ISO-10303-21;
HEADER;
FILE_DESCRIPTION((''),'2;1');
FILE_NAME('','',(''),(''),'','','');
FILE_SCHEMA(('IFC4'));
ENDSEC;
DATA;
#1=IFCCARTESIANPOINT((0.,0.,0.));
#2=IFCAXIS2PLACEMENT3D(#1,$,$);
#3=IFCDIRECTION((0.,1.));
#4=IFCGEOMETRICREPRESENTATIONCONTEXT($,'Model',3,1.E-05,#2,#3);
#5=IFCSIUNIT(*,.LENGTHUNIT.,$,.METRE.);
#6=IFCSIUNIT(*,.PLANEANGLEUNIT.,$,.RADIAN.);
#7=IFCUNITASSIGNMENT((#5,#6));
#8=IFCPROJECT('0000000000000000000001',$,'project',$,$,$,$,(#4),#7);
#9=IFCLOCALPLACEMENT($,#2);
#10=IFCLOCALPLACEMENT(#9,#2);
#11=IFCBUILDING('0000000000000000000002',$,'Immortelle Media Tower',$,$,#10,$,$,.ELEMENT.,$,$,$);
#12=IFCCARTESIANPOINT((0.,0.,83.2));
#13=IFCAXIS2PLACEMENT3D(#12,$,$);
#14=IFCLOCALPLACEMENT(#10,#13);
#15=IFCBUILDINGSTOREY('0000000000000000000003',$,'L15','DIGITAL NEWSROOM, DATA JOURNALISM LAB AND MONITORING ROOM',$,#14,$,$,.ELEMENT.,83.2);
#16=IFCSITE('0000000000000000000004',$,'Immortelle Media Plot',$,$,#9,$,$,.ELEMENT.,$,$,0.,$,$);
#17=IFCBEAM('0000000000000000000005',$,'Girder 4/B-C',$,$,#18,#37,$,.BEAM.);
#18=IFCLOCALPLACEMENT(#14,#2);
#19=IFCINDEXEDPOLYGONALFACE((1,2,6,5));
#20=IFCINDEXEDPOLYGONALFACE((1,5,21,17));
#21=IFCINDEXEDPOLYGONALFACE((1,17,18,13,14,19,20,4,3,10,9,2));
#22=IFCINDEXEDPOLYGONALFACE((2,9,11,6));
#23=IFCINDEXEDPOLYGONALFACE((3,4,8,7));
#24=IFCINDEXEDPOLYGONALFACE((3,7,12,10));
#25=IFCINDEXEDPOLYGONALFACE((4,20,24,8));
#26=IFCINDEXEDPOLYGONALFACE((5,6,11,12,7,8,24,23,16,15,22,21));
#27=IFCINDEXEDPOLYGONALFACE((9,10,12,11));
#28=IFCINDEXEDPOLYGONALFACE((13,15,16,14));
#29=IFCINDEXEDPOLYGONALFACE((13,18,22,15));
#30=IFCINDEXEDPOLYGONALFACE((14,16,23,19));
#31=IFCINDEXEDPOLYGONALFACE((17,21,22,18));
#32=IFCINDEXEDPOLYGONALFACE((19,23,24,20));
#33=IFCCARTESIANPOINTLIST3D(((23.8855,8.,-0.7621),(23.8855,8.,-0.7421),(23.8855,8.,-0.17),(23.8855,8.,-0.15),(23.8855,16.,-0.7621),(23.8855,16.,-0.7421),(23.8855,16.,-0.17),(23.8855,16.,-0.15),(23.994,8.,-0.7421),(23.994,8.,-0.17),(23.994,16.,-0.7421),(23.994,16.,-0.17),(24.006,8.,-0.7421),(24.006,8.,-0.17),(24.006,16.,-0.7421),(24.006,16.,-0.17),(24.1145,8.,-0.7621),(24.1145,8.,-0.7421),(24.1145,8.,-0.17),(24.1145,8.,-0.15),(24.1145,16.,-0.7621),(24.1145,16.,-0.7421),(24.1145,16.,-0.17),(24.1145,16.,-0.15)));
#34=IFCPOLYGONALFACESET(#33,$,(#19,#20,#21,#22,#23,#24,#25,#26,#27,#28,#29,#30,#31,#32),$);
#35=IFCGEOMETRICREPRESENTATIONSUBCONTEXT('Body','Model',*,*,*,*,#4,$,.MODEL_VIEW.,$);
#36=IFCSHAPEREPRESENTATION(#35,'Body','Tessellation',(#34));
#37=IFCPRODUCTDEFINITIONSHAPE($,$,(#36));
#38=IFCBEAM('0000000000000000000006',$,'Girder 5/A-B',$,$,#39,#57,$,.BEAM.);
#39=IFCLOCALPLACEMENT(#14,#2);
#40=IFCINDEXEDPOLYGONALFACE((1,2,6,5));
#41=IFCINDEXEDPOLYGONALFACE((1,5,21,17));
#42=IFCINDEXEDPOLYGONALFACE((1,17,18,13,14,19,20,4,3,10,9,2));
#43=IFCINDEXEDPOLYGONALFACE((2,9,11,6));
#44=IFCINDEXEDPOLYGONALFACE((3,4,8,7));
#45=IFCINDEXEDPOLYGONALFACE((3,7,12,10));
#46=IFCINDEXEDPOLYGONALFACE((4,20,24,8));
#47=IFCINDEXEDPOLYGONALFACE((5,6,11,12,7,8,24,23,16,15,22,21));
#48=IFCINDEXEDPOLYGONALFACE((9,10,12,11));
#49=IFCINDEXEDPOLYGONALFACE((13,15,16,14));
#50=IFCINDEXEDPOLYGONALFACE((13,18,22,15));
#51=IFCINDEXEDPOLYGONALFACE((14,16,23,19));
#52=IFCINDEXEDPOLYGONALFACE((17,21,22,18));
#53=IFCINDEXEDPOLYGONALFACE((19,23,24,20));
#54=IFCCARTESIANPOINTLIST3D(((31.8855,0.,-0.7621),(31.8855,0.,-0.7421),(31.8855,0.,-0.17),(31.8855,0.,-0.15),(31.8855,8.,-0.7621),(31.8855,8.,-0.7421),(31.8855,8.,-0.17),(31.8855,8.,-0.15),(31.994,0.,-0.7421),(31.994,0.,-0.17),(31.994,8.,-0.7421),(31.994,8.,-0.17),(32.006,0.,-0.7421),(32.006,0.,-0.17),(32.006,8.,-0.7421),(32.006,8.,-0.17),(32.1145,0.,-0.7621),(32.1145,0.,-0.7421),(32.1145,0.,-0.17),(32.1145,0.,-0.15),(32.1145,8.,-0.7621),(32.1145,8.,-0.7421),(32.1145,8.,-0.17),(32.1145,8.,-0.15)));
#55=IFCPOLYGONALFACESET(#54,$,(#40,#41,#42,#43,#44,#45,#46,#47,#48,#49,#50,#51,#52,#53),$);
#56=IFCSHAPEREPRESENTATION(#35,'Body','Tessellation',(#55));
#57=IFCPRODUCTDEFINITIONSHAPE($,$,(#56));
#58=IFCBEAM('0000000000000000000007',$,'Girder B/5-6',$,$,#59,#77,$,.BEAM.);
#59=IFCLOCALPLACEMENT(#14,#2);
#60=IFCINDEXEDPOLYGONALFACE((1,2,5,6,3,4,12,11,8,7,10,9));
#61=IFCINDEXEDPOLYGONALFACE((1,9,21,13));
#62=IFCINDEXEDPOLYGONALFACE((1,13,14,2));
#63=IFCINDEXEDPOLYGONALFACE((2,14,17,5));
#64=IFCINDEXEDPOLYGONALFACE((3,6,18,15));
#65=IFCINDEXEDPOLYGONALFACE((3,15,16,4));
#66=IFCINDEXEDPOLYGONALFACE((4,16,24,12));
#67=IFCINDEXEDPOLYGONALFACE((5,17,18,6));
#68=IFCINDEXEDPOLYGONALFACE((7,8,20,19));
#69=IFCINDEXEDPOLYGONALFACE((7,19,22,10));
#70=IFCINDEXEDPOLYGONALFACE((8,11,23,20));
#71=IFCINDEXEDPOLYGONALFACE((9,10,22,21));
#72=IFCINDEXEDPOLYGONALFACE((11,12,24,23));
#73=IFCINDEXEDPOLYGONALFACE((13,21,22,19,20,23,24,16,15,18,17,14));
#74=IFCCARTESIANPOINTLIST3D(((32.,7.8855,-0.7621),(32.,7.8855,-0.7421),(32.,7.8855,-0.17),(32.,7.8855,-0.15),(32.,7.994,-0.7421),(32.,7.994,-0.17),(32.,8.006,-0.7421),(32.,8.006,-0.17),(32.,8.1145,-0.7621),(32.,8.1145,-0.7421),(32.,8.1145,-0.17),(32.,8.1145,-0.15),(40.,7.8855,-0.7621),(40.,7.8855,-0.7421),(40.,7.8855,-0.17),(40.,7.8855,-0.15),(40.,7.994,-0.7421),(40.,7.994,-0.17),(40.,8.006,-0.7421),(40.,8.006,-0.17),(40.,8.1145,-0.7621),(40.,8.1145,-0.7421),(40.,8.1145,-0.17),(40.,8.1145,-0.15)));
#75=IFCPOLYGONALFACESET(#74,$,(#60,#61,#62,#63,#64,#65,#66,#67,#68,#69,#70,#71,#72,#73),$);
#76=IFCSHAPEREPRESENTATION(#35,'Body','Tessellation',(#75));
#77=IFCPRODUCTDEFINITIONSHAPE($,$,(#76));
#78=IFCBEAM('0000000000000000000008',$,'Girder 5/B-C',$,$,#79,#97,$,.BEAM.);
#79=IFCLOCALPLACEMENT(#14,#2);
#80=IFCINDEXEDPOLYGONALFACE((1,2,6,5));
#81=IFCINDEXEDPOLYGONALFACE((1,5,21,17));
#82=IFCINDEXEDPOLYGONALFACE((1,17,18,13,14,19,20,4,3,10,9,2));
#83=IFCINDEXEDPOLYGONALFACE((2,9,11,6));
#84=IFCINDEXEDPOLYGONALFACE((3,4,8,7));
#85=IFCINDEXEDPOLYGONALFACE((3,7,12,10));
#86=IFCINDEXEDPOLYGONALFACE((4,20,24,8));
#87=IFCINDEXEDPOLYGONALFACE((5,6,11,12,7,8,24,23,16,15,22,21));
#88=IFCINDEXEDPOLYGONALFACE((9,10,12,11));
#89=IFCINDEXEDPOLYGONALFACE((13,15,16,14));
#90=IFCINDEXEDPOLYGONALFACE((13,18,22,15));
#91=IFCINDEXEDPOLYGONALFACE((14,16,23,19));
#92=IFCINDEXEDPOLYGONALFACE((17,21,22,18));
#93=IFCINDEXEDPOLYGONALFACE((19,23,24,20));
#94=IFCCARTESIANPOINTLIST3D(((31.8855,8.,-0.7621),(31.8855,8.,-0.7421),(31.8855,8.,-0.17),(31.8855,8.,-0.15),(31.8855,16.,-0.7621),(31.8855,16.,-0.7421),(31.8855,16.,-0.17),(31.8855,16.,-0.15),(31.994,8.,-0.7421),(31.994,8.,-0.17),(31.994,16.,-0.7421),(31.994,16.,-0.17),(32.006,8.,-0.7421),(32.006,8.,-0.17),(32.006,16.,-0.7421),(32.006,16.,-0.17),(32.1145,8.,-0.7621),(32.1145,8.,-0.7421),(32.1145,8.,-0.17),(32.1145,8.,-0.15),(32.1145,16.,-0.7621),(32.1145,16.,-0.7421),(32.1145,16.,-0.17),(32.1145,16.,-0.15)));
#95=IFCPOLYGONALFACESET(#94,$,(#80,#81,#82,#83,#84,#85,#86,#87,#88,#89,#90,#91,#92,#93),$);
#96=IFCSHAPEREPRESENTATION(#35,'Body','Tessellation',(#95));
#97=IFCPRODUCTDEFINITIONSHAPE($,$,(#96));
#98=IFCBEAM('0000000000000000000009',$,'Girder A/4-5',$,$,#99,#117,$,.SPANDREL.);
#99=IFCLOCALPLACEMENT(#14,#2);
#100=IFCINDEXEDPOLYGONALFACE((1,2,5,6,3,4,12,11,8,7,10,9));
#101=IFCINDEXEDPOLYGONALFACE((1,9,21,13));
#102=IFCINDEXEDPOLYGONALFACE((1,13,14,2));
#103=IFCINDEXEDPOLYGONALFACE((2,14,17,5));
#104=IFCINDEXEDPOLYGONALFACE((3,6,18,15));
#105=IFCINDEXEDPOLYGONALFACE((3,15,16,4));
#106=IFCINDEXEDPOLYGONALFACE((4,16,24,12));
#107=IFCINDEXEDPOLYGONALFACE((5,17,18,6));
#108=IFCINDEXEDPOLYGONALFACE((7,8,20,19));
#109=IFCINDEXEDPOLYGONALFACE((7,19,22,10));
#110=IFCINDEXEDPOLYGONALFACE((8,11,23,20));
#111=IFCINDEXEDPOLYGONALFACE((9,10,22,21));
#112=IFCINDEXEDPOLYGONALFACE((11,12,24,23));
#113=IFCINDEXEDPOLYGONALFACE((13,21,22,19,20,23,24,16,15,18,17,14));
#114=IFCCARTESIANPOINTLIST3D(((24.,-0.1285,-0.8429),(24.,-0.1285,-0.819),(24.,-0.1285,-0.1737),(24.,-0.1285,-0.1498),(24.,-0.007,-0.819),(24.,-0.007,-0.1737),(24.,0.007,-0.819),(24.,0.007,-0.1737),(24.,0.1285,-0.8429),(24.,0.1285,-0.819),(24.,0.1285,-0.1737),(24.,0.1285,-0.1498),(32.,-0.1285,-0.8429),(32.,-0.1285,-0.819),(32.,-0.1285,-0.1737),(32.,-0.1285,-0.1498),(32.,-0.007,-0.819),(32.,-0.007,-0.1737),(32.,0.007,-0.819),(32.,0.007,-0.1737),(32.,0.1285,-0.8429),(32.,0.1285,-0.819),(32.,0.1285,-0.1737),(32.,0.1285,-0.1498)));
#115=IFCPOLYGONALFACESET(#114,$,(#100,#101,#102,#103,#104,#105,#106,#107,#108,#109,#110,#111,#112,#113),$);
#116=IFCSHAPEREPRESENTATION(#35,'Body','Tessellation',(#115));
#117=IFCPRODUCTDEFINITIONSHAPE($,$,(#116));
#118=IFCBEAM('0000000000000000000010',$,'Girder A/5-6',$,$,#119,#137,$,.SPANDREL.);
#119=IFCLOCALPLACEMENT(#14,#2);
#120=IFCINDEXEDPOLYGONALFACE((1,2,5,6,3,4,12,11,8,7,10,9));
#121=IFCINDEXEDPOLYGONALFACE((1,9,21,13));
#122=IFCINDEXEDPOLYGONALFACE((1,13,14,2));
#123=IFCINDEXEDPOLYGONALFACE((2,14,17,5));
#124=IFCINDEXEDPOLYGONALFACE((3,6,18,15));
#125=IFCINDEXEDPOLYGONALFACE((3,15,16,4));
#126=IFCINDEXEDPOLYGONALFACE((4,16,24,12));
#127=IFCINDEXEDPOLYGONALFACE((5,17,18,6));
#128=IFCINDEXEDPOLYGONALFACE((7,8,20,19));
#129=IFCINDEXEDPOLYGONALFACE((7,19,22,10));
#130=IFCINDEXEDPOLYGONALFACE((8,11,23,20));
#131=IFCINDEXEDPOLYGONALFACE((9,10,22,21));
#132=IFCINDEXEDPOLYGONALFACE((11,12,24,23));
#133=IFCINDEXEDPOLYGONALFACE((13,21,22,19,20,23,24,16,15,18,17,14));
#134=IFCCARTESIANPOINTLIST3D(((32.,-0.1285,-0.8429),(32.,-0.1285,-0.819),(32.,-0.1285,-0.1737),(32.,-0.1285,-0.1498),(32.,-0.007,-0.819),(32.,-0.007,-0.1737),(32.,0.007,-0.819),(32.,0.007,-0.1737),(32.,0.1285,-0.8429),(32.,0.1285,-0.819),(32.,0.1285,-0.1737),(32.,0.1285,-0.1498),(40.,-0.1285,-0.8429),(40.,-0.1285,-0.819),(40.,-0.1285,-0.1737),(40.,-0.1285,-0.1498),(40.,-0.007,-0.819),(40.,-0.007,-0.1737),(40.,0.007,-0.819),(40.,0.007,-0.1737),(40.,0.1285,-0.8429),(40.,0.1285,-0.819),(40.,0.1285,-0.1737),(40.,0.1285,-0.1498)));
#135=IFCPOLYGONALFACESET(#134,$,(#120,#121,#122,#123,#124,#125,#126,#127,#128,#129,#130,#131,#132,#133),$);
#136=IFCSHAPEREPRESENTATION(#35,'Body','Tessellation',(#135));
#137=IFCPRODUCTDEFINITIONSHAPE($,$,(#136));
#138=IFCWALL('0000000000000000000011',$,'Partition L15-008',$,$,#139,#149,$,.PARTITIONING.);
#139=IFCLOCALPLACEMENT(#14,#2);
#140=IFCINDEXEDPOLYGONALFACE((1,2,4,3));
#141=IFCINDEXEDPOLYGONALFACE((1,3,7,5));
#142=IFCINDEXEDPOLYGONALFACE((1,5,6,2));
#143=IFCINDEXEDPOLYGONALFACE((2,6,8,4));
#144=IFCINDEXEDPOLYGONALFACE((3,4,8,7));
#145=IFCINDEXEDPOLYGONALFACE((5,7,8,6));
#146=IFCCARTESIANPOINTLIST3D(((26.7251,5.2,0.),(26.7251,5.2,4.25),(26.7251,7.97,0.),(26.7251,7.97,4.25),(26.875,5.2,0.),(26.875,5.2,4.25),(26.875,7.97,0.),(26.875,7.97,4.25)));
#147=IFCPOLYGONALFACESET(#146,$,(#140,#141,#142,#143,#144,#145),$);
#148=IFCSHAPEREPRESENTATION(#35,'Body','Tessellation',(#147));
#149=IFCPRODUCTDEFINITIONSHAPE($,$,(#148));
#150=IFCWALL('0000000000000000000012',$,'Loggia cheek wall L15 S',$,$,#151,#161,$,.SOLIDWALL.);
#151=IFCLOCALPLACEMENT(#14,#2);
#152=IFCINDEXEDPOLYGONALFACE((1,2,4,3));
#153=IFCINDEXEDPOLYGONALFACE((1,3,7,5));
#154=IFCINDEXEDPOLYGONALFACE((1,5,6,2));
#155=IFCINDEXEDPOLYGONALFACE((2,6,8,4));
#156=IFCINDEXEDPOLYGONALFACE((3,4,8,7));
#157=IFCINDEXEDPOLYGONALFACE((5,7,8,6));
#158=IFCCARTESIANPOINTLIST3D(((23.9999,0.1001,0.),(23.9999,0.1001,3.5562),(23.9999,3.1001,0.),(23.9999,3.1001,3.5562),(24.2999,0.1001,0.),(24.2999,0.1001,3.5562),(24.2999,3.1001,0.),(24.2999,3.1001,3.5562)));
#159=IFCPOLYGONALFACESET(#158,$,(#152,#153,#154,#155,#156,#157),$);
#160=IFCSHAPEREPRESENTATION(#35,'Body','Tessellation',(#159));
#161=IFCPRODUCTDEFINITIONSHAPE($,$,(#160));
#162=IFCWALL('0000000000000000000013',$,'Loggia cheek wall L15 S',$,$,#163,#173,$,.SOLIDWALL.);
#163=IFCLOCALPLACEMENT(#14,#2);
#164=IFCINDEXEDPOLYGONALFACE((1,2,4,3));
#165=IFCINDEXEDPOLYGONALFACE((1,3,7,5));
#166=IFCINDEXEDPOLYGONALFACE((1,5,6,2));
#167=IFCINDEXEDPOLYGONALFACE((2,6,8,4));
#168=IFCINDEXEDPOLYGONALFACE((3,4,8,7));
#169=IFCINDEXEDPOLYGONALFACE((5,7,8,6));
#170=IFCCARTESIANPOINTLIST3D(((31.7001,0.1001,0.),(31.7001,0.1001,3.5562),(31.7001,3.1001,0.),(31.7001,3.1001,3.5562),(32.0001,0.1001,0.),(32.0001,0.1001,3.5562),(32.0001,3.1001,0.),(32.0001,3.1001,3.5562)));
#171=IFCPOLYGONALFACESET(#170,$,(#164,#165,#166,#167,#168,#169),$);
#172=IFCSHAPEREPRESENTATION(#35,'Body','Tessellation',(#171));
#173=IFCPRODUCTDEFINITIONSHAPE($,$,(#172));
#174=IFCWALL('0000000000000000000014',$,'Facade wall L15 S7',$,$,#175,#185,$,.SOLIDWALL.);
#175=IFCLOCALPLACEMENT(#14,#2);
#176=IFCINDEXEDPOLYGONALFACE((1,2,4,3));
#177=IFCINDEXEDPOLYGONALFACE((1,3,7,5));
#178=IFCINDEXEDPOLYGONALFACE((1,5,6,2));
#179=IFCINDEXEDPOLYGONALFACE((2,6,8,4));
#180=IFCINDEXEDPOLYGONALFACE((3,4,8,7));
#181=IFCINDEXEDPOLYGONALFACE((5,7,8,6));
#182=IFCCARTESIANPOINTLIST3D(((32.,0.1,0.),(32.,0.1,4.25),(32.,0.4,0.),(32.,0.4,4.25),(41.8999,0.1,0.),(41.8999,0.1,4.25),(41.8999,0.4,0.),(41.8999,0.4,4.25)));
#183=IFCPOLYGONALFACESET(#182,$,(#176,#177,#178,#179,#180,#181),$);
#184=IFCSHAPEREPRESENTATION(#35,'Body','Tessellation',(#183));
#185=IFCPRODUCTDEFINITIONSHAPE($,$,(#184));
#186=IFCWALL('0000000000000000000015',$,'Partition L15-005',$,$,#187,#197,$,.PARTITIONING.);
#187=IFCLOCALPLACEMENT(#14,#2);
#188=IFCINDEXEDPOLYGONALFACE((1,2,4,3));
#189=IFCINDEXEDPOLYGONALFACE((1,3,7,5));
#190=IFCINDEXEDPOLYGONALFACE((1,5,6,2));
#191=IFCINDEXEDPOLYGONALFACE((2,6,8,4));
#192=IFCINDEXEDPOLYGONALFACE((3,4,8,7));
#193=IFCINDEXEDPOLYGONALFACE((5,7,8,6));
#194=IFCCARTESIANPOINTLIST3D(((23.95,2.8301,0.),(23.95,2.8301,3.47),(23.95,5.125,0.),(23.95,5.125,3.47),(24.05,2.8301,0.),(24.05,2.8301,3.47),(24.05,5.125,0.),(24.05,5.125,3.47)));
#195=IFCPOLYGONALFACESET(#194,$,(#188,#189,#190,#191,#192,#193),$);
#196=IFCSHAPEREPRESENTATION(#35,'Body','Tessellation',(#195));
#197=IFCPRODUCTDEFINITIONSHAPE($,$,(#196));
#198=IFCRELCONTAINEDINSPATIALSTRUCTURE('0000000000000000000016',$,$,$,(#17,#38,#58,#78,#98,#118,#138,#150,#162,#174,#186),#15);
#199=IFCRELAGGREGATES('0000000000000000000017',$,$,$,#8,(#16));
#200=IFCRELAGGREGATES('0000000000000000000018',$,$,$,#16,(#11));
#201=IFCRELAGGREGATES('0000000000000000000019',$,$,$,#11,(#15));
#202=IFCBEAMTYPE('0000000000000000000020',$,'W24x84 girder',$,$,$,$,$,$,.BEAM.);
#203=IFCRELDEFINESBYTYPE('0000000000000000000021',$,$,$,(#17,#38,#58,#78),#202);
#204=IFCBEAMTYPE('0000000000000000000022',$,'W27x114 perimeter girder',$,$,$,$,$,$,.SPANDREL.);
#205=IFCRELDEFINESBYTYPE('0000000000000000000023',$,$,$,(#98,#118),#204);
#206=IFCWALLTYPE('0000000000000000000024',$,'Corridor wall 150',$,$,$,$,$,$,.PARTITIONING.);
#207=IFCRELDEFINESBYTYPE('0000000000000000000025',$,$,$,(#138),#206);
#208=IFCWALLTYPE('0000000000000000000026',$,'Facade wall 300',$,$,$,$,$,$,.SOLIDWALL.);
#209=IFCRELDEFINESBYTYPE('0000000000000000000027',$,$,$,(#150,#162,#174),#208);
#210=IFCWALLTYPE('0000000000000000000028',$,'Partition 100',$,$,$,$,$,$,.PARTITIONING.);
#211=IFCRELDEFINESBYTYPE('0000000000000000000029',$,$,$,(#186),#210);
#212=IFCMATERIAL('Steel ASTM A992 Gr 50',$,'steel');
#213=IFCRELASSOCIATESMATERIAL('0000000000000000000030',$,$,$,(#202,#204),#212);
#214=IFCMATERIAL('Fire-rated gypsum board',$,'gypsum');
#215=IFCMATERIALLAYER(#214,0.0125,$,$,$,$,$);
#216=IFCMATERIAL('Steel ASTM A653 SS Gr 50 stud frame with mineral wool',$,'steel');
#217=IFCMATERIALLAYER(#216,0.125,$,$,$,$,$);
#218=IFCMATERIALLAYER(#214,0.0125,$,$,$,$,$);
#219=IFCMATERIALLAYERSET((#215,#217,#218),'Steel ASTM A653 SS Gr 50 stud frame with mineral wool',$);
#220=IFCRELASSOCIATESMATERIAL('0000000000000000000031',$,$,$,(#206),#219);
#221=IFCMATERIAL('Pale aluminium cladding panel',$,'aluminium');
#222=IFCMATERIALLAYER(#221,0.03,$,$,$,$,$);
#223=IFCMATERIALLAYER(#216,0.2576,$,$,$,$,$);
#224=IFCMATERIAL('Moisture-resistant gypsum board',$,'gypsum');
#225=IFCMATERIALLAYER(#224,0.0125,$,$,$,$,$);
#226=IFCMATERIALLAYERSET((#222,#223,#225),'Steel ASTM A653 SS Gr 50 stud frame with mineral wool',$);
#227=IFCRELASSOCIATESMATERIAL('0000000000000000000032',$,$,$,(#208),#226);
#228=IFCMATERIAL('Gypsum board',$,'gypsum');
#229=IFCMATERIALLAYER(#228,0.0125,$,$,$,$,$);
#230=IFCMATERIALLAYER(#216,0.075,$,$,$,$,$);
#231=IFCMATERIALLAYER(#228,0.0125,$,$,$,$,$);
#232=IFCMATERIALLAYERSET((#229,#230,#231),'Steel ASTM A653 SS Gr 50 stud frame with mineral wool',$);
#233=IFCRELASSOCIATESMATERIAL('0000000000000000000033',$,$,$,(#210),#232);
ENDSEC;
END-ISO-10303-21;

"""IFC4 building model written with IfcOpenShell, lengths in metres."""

from ifc_helpers import new_model, si_unit, direction, frame, frame_2d, origin, origin_2d, place, context, subcontext, project, spatial, rectangle, i_section, extrude, material, layer, layer_set, material_profile, profile_set, type_object, element, save


model = new_model("IFC4")

# Units and contexts
model_context = context("Model", 3, precision=1e-05, world=origin(), true_north=direction((0.0, 1.0)))
body_context = subcontext(model_context, "Body", "Model", "MODEL_VIEW")
ifc_project = project(units=[si_unit("LENGTHUNIT", "METRE"), si_unit("PLANEANGLEUNIT", "RADIAN")], contexts=[model_context])

# Site, building, storey
site_placement = place(None, origin())
site = spatial("IfcSite", under=ifc_project, at=site_placement, Name="Immortelle Media Plot", CompositionType="ELEMENT", RefElevation=0.0)
building_placement = place(site_placement, origin())
building = spatial("IfcBuilding", under=site, at=building_placement, Name="Immortelle Media Tower", CompositionType="ELEMENT")
storey_placement = place(building_placement, frame((0.0, 0.0, 83.2)))
storey = spatial("IfcBuildingStorey", under=building, at=storey_placement, Name="L15", Description="DIGITAL NEWSROOM, DATA JOURNALISM LAB AND MONITORING ROOM", CompositionType="ELEMENT", Elevation=83.2)

# Shared definitions
ifc_material_1 = material(Name="Steel ASTM A992 Gr 50", Category="steel")

# Beams
ifc_material_profile_1 = material_profile(ifc_material_1, i_section(OverallWidth=0.229, OverallDepth=0.6121, WebThickness=0.012, FlangeThickness=0.02, at=origin_2d()), Name="W24x84")
ifc_profile_set_1 = profile_set([ifc_material_profile_1], Name="Steel ASTM A992 Gr 50")
beam_type_1 = type_object("IfcBeamType", Name="W24x84 girder", PredefinedType="BEAM", material=ifc_profile_set_1)
for number, where, z_axis, x_axis, name in (
    (1, (24.0, 8.0, -0.4561), (0.0, 1.0, 0.0), (-1.0, 0.0, 0.0), "Girder 4/B-C"),
    (2, (32.0, 0.0, -0.4561), (0.0, 1.0, 0.0), (-1.0, 0.0, 0.0), "Girder 5/A-B"),
    (3, (32.0, 8.0, -0.4561), (1.0, 0.0, 0.0), (0.0, 1.0, 0.0), "Girder B/5-6"),
    (4, (32.0, 8.0, -0.4561), (0.0, 1.0, 0.0), (-1.0, 0.0, 0.0), "Girder 5/B-C"),
):
    element("IfcBeam", number, at=place(storey_placement, frame(where, z_axis=z_axis, x_axis=x_axis)), inside=storey, type_object=beam_type_1, Name=name, PredefinedType="BEAM", context=body_context, shape_type="SweptSolid", body=[
        extrude(i_section(OverallWidth=0.229, OverallDepth=0.6121, WebThickness=0.012, FlangeThickness=0.02, at=origin_2d()), origin(), (0.0, 0.0, 1.0), 8.0),
    ])
ifc_material_profile_2 = material_profile(ifc_material_1, i_section(OverallWidth=0.2571, OverallDepth=0.6931, WebThickness=0.0139, FlangeThickness=0.0239, at=origin_2d()), Name="W27x114")
ifc_profile_set_2 = profile_set([ifc_material_profile_2], Name="Steel ASTM A992 Gr 50")
beam_type_2 = type_object("IfcBeamType", Name="W27x114 perimeter girder", PredefinedType="SPANDREL", material=ifc_profile_set_2)
for number, where, z_axis, x_axis, name in (
    (5, (24.0, 0.0, -0.4963), (1.0, 0.0, 0.0), (0.0, 1.0, 0.0), "Girder A/4-5"),
    (6, (32.0, 0.0, -0.4963), (1.0, 0.0, 0.0), (0.0, 1.0, 0.0), "Girder A/5-6"),
):
    element("IfcBeam", number, at=place(storey_placement, frame(where, z_axis=z_axis, x_axis=x_axis)), inside=storey, type_object=beam_type_2, Name=name, PredefinedType="SPANDREL", context=body_context, shape_type="SweptSolid", body=[
        extrude(i_section(OverallWidth=0.2571, OverallDepth=0.6931, WebThickness=0.0139, FlangeThickness=0.0239, at=origin_2d()), origin(), (0.0, 0.0, 1.0), 8.0),
    ])

# Wall
ifc_material_2 = material(Name="Fire-rated gypsum board", Category="gypsum")
ifc_layer_1 = layer(ifc_material_2, 0.0125)
ifc_material_3 = material(Name="Steel ASTM A653 SS Gr 50 stud frame with mineral wool", Category="steel")
ifc_layer_2 = layer(ifc_material_3, 0.125)
ifc_layer_3 = layer(ifc_material_2, 0.0125)
ifc_layer_set_1 = layer_set([ifc_layer_1, ifc_layer_2, ifc_layer_3], Name="Steel ASTM A653 SS Gr 50 stud frame with mineral wool")
wall_type_1 = type_object("IfcWallType", Name="Corridor wall 150", PredefinedType="PARTITIONING", material=ifc_layer_set_1)
wall_1_placement = place(storey_placement, frame((26.8, 5.2, 0.0), z_axis=(0.0, 0.0, 1.0), x_axis=(0.0, 1.0, 0.0)))
element("IfcWall", 7, at=wall_1_placement, inside=storey, type_object=wall_type_1, Name="Partition L15-008", PredefinedType="PARTITIONING", context=body_context, shape_type="SweptSolid", body=[
    extrude(rectangle(XDim=2.77, YDim=0.1499, at=frame_2d((1.385, 0.0))), origin(), (0.0, 0.0, 1.0), 4.25),
])

# Shared definitions
ifc_material_4 = material(Name="Pale aluminium cladding panel", Category="aluminium")
ifc_layer_4 = layer(ifc_material_4, 0.03)
ifc_layer_5 = layer(ifc_material_3, 0.2576)
ifc_material_5 = material(Name="Moisture-resistant gypsum board", Category="gypsum")
ifc_layer_6 = layer(ifc_material_5, 0.0125)
ifc_layer_set_2 = layer_set([ifc_layer_4, ifc_layer_5, ifc_layer_6], Name="Steel ASTM A653 SS Gr 50 stud frame with mineral wool")
wall_type_2 = type_object("IfcWallType", Name="Facade wall 300", PredefinedType="SOLIDWALL", material=ifc_layer_set_2)

# Walls
for number, where, z_axis, x_axis, name in (
    (8, (24.1499, 0.1001, 0.0), (0.0, 0.0, 1.0), (0.0, 1.0, 0.0), "Loggia cheek wall L15 S"),
    (9, (31.8501, 0.1001, 0.0), (0.0, 0.0, 1.0), (0.0, 1.0, 0.0), "Loggia cheek wall L15 S"),
):
    element("IfcWall", number, at=place(storey_placement, frame(where, z_axis=z_axis, x_axis=x_axis)), inside=storey, type_object=wall_type_2, Name=name, PredefinedType="SOLIDWALL", context=body_context, shape_type="SweptSolid", body=[
        extrude(rectangle(XDim=3.0, YDim=0.3, at=frame_2d((1.5, 0.0))), origin(), (0.0, 0.0, 1.0), 3.5562),
    ])
wall_2_placement = place(storey_placement, frame((32.0, 0.25, 0.0), z_axis=(0.0, 0.0, 1.0), x_axis=(1.0, 0.0, 0.0)))
element("IfcWall", 10, at=wall_2_placement, inside=storey, type_object=wall_type_2, Name="Facade wall L15 S7", PredefinedType="SOLIDWALL", context=body_context, shape_type="SweptSolid", body=[
    extrude(rectangle(XDim=9.8999, YDim=0.3, at=frame_2d((4.95, 0.0))), origin(), (0.0, 0.0, 1.0), 4.25),
])
ifc_material_6 = material(Name="Gypsum board", Category="gypsum")
ifc_layer_7 = layer(ifc_material_6, 0.0125)
ifc_layer_8 = layer(ifc_material_3, 0.075)
ifc_layer_9 = layer(ifc_material_6, 0.0125)
ifc_layer_set_3 = layer_set([ifc_layer_7, ifc_layer_8, ifc_layer_9], Name="Steel ASTM A653 SS Gr 50 stud frame with mineral wool")
wall_type_3 = type_object("IfcWallType", Name="Partition 100", PredefinedType="PARTITIONING", material=ifc_layer_set_3)
wall_3_placement = place(storey_placement, frame((24.0, 2.8301, 0.0), z_axis=(0.0, 0.0, 1.0), x_axis=(0.0, 1.0, 0.0)))
element("IfcWall", 11, at=wall_3_placement, inside=storey, type_object=wall_type_3, Name="Partition L15-005", PredefinedType="PARTITIONING", context=body_context, shape_type="SweptSolid", body=[
    extrude(rectangle(XDim=2.2949, YDim=0.1001, at=frame_2d((1.1475, 0.0))), origin(), (0.0, 0.0, 1.0), 3.47),
])

save(model, "model.ifc")
